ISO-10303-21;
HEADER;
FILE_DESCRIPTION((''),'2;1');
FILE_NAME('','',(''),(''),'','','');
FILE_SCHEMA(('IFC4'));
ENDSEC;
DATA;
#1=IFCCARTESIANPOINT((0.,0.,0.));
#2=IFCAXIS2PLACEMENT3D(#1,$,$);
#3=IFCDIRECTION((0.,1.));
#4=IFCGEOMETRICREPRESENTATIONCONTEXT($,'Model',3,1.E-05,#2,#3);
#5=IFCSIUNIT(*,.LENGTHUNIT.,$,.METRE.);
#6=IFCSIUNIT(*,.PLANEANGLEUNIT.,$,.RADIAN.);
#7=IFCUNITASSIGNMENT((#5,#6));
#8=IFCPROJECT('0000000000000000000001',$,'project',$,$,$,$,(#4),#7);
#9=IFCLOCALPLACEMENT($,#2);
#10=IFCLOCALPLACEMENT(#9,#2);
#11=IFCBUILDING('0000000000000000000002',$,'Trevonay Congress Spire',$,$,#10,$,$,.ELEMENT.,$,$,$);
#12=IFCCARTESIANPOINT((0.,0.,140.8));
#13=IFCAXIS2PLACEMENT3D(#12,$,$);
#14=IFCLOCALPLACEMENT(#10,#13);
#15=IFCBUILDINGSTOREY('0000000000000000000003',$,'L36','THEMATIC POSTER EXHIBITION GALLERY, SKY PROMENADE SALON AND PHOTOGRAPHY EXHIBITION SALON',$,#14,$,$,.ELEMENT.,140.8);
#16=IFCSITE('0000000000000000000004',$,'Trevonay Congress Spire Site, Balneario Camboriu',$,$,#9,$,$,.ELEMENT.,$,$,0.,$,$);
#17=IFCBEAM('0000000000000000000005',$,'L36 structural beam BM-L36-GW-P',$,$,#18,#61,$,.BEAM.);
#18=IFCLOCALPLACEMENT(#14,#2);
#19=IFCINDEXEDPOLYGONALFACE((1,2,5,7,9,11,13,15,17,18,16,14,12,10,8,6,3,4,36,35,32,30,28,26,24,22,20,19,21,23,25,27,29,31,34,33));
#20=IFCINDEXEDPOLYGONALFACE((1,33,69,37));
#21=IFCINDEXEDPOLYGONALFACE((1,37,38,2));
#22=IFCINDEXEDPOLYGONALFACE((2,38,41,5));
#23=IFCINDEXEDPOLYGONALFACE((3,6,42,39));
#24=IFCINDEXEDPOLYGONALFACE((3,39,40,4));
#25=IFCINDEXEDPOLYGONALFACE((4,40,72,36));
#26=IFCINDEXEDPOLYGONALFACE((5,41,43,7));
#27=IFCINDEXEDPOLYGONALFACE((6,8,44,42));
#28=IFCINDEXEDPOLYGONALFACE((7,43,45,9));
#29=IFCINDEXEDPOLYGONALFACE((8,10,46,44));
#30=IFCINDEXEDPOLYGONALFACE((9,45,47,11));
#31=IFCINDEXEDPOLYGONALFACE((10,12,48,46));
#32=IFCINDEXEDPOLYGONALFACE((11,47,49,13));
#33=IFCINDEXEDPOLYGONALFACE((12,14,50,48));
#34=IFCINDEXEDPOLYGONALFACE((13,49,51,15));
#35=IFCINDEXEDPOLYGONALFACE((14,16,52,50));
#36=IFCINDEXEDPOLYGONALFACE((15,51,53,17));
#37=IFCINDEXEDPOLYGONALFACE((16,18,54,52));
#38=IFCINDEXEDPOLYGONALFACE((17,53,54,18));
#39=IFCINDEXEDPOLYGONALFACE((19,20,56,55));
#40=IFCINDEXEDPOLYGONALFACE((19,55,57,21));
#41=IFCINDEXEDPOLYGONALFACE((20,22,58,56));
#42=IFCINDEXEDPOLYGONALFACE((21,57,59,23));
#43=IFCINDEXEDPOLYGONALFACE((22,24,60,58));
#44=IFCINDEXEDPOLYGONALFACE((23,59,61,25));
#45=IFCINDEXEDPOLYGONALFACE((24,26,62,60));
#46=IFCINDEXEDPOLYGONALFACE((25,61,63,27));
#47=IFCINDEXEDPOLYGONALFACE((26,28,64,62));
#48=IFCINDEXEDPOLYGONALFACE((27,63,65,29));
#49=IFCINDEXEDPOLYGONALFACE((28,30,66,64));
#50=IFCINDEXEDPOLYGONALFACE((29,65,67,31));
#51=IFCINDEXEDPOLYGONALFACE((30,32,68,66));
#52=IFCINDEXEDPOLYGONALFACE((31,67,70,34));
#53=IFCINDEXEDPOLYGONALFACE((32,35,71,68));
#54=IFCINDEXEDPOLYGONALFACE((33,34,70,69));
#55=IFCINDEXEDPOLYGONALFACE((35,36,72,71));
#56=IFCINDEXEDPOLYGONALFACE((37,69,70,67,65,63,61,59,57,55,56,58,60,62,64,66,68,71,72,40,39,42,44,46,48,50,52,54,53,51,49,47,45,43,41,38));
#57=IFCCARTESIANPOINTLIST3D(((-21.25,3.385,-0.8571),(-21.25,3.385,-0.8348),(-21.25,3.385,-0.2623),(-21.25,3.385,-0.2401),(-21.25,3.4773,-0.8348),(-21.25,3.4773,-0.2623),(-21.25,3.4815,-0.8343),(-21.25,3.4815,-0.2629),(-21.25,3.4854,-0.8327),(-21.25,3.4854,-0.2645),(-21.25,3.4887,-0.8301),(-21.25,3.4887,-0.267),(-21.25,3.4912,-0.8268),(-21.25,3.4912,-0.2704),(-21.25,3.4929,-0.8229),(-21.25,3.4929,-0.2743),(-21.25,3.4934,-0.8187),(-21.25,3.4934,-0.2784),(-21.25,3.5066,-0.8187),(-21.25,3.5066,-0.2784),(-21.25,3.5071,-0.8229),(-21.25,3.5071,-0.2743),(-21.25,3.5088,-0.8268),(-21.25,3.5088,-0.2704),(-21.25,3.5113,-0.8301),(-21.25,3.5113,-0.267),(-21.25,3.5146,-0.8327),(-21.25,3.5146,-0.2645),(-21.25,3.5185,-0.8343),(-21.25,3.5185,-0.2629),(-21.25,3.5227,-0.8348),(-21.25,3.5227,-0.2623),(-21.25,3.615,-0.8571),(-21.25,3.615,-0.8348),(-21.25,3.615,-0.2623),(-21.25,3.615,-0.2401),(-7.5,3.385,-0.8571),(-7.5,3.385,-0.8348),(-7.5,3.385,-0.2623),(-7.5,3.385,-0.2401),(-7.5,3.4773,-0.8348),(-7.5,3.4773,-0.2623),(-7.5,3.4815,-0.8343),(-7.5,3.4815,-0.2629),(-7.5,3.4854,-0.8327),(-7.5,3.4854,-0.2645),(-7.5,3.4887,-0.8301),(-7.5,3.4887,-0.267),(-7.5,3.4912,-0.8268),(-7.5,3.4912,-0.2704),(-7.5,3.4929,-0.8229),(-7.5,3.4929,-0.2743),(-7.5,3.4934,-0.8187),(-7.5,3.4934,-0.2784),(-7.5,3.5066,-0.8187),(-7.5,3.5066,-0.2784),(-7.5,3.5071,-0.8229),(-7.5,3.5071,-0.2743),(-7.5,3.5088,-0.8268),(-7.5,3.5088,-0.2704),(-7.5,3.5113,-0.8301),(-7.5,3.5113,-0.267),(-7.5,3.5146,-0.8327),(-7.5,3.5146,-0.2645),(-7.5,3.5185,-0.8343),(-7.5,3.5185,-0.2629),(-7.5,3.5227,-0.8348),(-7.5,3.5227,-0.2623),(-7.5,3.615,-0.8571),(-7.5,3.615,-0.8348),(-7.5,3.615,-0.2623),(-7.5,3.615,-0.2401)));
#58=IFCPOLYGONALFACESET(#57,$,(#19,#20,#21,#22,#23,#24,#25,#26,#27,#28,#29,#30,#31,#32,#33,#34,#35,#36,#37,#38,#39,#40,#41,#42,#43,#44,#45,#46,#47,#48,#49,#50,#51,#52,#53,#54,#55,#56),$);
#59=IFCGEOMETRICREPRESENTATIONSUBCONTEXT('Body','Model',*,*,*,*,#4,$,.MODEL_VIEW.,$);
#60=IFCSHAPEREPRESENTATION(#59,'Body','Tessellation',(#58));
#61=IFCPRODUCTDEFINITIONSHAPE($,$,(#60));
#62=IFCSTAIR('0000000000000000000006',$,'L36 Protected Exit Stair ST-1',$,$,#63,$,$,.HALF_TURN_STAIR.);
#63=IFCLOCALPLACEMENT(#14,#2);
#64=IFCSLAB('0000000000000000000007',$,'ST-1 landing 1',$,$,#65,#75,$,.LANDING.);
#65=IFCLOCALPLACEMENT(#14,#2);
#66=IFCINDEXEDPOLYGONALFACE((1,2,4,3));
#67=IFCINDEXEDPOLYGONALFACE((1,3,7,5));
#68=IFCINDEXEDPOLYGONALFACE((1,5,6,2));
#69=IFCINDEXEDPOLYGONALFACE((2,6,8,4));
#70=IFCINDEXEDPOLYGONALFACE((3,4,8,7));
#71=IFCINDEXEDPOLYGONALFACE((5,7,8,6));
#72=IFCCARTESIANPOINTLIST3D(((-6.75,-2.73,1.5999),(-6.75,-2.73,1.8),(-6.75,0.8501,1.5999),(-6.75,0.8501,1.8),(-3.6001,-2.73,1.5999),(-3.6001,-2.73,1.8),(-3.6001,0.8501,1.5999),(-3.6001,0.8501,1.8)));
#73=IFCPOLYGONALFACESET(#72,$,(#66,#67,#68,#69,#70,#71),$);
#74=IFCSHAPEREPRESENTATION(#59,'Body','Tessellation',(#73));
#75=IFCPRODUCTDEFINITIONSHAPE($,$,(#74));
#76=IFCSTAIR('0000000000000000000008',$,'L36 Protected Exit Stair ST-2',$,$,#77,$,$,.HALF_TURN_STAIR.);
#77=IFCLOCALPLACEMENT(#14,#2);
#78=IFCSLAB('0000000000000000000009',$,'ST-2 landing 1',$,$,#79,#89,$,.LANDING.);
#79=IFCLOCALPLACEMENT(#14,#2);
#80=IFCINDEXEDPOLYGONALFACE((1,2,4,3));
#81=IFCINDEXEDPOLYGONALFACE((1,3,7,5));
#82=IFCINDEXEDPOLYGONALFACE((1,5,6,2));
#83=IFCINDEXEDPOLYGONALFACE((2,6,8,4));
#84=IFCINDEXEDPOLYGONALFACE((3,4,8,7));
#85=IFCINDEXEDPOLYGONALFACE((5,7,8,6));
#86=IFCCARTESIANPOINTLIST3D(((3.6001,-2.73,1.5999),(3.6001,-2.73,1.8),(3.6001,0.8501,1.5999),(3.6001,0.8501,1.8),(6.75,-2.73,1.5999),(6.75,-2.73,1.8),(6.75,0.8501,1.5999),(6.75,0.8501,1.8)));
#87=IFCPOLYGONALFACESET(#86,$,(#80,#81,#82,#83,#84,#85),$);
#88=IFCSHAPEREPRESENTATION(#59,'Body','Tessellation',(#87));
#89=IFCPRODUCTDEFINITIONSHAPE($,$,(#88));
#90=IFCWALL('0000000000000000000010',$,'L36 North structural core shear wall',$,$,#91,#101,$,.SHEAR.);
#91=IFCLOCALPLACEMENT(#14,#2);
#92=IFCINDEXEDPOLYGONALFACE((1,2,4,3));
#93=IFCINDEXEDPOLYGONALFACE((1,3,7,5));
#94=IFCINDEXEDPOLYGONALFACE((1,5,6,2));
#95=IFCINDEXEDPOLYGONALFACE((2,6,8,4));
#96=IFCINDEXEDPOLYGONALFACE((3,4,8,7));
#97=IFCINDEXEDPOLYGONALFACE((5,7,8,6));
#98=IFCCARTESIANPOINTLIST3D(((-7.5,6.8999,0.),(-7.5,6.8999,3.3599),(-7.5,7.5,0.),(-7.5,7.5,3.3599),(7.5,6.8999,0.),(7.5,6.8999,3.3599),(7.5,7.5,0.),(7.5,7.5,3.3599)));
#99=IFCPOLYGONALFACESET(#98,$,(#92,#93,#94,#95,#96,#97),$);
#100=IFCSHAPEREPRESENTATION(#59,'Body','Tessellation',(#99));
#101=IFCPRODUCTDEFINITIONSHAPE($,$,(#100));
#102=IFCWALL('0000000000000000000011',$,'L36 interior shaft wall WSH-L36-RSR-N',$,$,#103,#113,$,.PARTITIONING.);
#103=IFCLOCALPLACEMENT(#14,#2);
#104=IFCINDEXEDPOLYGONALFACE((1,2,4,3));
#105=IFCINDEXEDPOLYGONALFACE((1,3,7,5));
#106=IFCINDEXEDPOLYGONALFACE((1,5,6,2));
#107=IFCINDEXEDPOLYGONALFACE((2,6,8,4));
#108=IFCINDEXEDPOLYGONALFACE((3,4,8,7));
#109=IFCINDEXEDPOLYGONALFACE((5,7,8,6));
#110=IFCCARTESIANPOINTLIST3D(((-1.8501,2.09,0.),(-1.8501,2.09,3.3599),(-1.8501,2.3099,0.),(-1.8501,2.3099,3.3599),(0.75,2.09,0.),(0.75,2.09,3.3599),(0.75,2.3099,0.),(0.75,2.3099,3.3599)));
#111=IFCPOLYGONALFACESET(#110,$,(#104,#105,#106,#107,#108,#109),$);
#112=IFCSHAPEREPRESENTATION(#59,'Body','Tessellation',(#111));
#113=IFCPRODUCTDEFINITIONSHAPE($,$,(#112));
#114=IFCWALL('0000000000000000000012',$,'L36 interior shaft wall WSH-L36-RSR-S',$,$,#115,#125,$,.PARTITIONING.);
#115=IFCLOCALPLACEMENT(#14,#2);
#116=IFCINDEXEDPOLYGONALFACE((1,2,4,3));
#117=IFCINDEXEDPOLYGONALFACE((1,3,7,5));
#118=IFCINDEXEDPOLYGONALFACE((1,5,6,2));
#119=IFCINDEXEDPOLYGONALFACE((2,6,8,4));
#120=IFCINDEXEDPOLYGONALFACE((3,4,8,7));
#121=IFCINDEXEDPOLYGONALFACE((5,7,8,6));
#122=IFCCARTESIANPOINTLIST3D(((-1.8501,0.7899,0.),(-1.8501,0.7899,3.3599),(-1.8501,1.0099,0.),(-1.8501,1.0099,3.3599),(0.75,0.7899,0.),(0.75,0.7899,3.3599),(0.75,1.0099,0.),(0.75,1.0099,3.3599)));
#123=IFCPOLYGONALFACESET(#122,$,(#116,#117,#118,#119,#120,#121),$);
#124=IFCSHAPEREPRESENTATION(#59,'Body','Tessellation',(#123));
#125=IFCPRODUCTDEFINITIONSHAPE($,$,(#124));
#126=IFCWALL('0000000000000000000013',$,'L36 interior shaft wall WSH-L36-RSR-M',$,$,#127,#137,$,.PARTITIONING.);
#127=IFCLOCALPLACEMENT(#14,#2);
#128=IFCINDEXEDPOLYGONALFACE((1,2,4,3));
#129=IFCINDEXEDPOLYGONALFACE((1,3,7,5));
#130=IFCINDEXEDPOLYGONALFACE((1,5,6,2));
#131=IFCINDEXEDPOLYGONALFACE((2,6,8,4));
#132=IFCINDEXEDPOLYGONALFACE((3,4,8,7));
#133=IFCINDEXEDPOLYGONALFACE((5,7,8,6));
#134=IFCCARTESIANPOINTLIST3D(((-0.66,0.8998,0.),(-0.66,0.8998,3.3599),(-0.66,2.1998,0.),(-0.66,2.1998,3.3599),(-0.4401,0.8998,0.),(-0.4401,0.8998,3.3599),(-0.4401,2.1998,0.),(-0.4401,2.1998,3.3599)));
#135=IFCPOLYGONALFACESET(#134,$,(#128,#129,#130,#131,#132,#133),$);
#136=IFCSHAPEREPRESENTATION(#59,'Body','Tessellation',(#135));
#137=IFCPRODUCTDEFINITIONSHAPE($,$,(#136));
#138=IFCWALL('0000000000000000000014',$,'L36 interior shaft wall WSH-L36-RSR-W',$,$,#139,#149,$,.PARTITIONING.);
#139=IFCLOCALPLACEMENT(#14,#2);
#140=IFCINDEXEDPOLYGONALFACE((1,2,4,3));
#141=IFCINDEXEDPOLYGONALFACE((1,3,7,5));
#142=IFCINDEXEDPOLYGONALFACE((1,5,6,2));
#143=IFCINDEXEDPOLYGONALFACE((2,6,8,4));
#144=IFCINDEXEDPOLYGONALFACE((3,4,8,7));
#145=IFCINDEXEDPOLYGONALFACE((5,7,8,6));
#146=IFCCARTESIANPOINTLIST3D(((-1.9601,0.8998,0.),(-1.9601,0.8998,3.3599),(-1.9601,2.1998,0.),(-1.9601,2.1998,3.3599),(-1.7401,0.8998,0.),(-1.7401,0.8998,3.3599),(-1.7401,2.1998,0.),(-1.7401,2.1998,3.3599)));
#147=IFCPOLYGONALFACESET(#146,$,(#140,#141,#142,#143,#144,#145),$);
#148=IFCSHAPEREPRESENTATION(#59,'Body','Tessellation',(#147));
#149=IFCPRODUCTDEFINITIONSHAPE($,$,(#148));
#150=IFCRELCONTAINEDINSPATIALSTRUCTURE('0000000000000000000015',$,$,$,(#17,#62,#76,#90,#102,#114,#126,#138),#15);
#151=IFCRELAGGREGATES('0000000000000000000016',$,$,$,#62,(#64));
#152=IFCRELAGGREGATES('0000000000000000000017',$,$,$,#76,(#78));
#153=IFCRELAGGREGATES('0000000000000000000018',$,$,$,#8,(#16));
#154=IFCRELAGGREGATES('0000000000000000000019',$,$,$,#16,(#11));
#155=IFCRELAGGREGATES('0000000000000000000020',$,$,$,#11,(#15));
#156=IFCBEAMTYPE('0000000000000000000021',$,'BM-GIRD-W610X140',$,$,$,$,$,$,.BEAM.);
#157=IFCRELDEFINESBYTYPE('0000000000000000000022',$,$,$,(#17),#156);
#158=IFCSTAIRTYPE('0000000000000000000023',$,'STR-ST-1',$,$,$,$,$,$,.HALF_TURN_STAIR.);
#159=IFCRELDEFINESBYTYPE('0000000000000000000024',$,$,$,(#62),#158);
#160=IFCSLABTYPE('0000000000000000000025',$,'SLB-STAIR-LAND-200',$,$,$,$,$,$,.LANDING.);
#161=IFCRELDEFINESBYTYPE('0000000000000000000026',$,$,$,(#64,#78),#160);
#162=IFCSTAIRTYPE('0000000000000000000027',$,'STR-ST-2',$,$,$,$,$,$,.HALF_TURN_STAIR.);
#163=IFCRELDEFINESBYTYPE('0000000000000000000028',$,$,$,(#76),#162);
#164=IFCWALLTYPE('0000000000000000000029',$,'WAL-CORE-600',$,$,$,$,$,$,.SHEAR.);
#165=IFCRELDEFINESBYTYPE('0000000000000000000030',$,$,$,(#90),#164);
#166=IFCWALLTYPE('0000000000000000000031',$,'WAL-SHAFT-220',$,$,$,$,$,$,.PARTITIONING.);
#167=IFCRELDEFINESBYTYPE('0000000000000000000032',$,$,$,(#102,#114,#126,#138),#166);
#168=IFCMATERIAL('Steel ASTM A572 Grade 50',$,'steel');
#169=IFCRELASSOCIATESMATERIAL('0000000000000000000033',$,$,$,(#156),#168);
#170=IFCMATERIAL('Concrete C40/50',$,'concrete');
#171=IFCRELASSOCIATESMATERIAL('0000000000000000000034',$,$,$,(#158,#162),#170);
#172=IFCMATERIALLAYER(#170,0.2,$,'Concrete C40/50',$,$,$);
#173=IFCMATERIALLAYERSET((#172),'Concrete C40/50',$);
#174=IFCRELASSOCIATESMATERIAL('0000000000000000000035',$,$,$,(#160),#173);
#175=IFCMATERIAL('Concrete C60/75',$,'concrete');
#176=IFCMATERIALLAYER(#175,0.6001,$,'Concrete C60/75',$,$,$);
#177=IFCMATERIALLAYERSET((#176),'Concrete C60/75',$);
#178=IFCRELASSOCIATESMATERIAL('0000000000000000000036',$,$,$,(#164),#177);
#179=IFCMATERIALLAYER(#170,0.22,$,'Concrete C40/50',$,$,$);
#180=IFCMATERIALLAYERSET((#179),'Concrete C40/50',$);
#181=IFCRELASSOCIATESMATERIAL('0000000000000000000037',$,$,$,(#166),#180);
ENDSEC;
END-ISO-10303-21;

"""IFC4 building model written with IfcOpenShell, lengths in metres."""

from ifc_helpers import new_model, si_unit, direction, frame, frame_2d, origin, origin_2d, place, context, subcontext, project, spatial, polyline, rectangle, i_section, outline, extrude, material, layer, layer_set, material_profile, profile_set, type_object, element, aggregate, save


model = new_model("IFC4")

# Units and contexts
model_context = context("Model", 3, precision=1e-05, world=origin(), true_north=direction((0.0, 1.0)))
body_context = subcontext(model_context, "Body", "Model", "MODEL_VIEW")
ifc_project = project(units=[si_unit("LENGTHUNIT", "METRE"), si_unit("PLANEANGLEUNIT", "RADIAN")], contexts=[model_context])

# Site, building, storey
site_placement = place(None, origin())
site = spatial("IfcSite", under=ifc_project, at=site_placement, Name="Trevonay Congress Spire Site, Balneario Camboriu", CompositionType="ELEMENT", RefElevation=0.0)
building_placement = place(site_placement, origin())
building = spatial("IfcBuilding", under=site, at=building_placement, Name="Trevonay Congress Spire", CompositionType="ELEMENT")
storey_placement = place(building_placement, frame((0.0, 0.0, 140.8)))
storey = spatial("IfcBuildingStorey", under=building, at=storey_placement, Name="L36", Description="THEMATIC POSTER EXHIBITION GALLERY, SKY PROMENADE SALON AND PHOTOGRAPHY EXHIBITION SALON", CompositionType="ELEMENT", Elevation=140.8)

# Beam
ifc_material_1 = material(Name="Steel ASTM A572 Grade 50", Category="steel")
ifc_material_profile = material_profile(ifc_material_1, i_section(OverallWidth=0.23, OverallDepth=0.6169, WebThickness=0.0132, FlangeThickness=0.0222, FilletRadius=0.0161, at=origin_2d()), Name="W610x140")
ifc_profile_set = profile_set([ifc_material_profile], Name="Steel ASTM A572 Grade 50")
beam_type = type_object("IfcBeamType", Name="BM-GIRD-W610X140", PredefinedType="BEAM", material=ifc_profile_set)
beam_placement = place(storey_placement, frame((-7.5, 3.5, -0.5486), z_axis=(-1.0, 0.0, 0.0), x_axis=(0.0, -1.0, 0.0)))
element("IfcBeam", 1, at=beam_placement, inside=storey, type_object=beam_type, Name="L36 structural beam BM-L36-GW-P", PredefinedType="BEAM", context=body_context, shape_type="SweptSolid", body=[
    extrude(i_section(OverallWidth=0.23, OverallDepth=0.6169, WebThickness=0.0132, FlangeThickness=0.0222, FilletRadius=0.0161, at=origin_2d()), origin(), (0.0, 0.0, 1.0), 13.75),
])

# Stairs, slabs
ifc_material_2 = material(Name="Concrete C40/50", Category="concrete")
stair_type_1 = type_object("IfcStairType", Name="STR-ST-1", PredefinedType="HALF_TURN_STAIR", material=ifc_material_2)
stair_1_placement = place(storey_placement, origin())
stair_1 = element("IfcStair", 2, at=stair_1_placement, inside=storey, type_object=stair_type_1, Name="L36 Protected Exit Stair ST-1", PredefinedType="HALF_TURN_STAIR")
ifc_layer_1 = layer(ifc_material_2, 0.2, Name="Concrete C40/50")
ifc_layer_set_1 = layer_set([ifc_layer_1], Name="Concrete C40/50")
slab_type = type_object("IfcSlabType", Name="SLB-STAIR-LAND-200", PredefinedType="LANDING", material=ifc_layer_set_1)
slab_1_placement = place(storey_placement, frame((0.0, 0.0, 1.5999)))
slab_1 = element("IfcSlab", 3, at=slab_1_placement, type_object=slab_type, Name="ST-1 landing 1", PredefinedType="LANDING", context=body_context, shape_type="SweptSolid", body=[
    extrude(outline(polyline([(-3.6001, -2.73), (-3.6001, 0.8501), (-6.75, 0.8501), (-6.75, -2.73), (-3.6001, -2.73)])), origin(), (0.0, 0.0, 1.0), 0.2002),
])
aggregate(stair_1, [slab_1])
stair_type_2 = type_object("IfcStairType", Name="STR-ST-2", PredefinedType="HALF_TURN_STAIR", material=ifc_material_2)
stair_2_placement = place(storey_placement, origin())
stair_2 = element("IfcStair", 4, at=stair_2_placement, inside=storey, type_object=stair_type_2, Name="L36 Protected Exit Stair ST-2", PredefinedType="HALF_TURN_STAIR")
slab_2_placement = place(storey_placement, frame((0.0, 0.0, 1.5999)))
slab_2 = element("IfcSlab", 5, at=slab_2_placement, type_object=slab_type, Name="ST-2 landing 1", PredefinedType="LANDING", context=body_context, shape_type="SweptSolid", body=[
    extrude(outline(polyline([(6.75, -2.73), (6.75, 0.8501), (3.6001, 0.8501), (3.6001, -2.73), (6.75, -2.73)])), origin(), (0.0, 0.0, 1.0), 0.2002),
])
aggregate(stair_2, [slab_2])

# Walls
ifc_material_3 = material(Name="Concrete C60/75", Category="concrete")
ifc_layer_2 = layer(ifc_material_3, 0.6001, Name="Concrete C60/75")
ifc_layer_set_2 = layer_set([ifc_layer_2], Name="Concrete C60/75")
wall_type_1 = type_object("IfcWallType", Name="WAL-CORE-600", PredefinedType="SHEAR", material=ifc_layer_set_2)
wall_1_placement = place(storey_placement, frame((-7.5, 7.2, 0.0), z_axis=(0.0, 0.0, 1.0), x_axis=(1.0, 0.0, 0.0)))
element("IfcWall", 6, at=wall_1_placement, inside=storey, type_object=wall_type_1, Name="L36 North structural core shear wall", PredefinedType="SHEAR", context=body_context, shape_type="SweptSolid", body=[
    extrude(rectangle(XDim=15.0, YDim=0.6001, at=frame_2d((7.5, 0.0))), origin(), (0.0, 0.0, 1.0), 3.3599),
])
ifc_layer_3 = layer(ifc_material_2, 0.22, Name="Concrete C40/50")
ifc_layer_set_3 = layer_set([ifc_layer_3], Name="Concrete C40/50")
wall_type_2 = type_object("IfcWallType", Name="WAL-SHAFT-220", PredefinedType="PARTITIONING", material=ifc_layer_set_3)
for number, where, z_axis, x_axis, name in (
    (7, (-1.8501, 2.2, 0.0), (0.0, 0.0, 1.0), (1.0, 0.0, 0.0), "L36 interior shaft wall WSH-L36-RSR-N"),
    (8, (-1.8501, 0.8999, 0.0), (0.0, 0.0, 1.0), (1.0, 0.0, 0.0), "L36 interior shaft wall WSH-L36-RSR-S"),
):
    element("IfcWall", number, at=place(storey_placement, frame(where, z_axis=z_axis, x_axis=x_axis)), inside=storey, type_object=wall_type_2, Name=name, PredefinedType="PARTITIONING", context=body_context, shape_type="SweptSolid", body=[
        extrude(rectangle(XDim=2.6001, YDim=0.22, at=frame_2d((1.3, 0.0))), origin(), (0.0, 0.0, 1.0), 3.3599),
    ])
for number, where, z_axis, x_axis, name in (
    (9, (-0.55, 0.8999, 0.0), (0.0, 0.0, 1.0), (0.0, 1.0, 0.0), "L36 interior shaft wall WSH-L36-RSR-M"),
    (10, (-1.8501, 0.8999, 0.0), (0.0, 0.0, 1.0), (0.0, 1.0, 0.0), "L36 interior shaft wall WSH-L36-RSR-W"),
):
    element("IfcWall", number, at=place(storey_placement, frame(where, z_axis=z_axis, x_axis=x_axis)), inside=storey, type_object=wall_type_2, Name=name, PredefinedType="PARTITIONING", context=body_context, shape_type="SweptSolid", body=[
        extrude(rectangle(XDim=1.3, YDim=0.22, at=frame_2d((0.6499, 0.0))), origin(), (0.0, 0.0, 1.0), 3.3599),
    ])

save(model, "model.ifc")
